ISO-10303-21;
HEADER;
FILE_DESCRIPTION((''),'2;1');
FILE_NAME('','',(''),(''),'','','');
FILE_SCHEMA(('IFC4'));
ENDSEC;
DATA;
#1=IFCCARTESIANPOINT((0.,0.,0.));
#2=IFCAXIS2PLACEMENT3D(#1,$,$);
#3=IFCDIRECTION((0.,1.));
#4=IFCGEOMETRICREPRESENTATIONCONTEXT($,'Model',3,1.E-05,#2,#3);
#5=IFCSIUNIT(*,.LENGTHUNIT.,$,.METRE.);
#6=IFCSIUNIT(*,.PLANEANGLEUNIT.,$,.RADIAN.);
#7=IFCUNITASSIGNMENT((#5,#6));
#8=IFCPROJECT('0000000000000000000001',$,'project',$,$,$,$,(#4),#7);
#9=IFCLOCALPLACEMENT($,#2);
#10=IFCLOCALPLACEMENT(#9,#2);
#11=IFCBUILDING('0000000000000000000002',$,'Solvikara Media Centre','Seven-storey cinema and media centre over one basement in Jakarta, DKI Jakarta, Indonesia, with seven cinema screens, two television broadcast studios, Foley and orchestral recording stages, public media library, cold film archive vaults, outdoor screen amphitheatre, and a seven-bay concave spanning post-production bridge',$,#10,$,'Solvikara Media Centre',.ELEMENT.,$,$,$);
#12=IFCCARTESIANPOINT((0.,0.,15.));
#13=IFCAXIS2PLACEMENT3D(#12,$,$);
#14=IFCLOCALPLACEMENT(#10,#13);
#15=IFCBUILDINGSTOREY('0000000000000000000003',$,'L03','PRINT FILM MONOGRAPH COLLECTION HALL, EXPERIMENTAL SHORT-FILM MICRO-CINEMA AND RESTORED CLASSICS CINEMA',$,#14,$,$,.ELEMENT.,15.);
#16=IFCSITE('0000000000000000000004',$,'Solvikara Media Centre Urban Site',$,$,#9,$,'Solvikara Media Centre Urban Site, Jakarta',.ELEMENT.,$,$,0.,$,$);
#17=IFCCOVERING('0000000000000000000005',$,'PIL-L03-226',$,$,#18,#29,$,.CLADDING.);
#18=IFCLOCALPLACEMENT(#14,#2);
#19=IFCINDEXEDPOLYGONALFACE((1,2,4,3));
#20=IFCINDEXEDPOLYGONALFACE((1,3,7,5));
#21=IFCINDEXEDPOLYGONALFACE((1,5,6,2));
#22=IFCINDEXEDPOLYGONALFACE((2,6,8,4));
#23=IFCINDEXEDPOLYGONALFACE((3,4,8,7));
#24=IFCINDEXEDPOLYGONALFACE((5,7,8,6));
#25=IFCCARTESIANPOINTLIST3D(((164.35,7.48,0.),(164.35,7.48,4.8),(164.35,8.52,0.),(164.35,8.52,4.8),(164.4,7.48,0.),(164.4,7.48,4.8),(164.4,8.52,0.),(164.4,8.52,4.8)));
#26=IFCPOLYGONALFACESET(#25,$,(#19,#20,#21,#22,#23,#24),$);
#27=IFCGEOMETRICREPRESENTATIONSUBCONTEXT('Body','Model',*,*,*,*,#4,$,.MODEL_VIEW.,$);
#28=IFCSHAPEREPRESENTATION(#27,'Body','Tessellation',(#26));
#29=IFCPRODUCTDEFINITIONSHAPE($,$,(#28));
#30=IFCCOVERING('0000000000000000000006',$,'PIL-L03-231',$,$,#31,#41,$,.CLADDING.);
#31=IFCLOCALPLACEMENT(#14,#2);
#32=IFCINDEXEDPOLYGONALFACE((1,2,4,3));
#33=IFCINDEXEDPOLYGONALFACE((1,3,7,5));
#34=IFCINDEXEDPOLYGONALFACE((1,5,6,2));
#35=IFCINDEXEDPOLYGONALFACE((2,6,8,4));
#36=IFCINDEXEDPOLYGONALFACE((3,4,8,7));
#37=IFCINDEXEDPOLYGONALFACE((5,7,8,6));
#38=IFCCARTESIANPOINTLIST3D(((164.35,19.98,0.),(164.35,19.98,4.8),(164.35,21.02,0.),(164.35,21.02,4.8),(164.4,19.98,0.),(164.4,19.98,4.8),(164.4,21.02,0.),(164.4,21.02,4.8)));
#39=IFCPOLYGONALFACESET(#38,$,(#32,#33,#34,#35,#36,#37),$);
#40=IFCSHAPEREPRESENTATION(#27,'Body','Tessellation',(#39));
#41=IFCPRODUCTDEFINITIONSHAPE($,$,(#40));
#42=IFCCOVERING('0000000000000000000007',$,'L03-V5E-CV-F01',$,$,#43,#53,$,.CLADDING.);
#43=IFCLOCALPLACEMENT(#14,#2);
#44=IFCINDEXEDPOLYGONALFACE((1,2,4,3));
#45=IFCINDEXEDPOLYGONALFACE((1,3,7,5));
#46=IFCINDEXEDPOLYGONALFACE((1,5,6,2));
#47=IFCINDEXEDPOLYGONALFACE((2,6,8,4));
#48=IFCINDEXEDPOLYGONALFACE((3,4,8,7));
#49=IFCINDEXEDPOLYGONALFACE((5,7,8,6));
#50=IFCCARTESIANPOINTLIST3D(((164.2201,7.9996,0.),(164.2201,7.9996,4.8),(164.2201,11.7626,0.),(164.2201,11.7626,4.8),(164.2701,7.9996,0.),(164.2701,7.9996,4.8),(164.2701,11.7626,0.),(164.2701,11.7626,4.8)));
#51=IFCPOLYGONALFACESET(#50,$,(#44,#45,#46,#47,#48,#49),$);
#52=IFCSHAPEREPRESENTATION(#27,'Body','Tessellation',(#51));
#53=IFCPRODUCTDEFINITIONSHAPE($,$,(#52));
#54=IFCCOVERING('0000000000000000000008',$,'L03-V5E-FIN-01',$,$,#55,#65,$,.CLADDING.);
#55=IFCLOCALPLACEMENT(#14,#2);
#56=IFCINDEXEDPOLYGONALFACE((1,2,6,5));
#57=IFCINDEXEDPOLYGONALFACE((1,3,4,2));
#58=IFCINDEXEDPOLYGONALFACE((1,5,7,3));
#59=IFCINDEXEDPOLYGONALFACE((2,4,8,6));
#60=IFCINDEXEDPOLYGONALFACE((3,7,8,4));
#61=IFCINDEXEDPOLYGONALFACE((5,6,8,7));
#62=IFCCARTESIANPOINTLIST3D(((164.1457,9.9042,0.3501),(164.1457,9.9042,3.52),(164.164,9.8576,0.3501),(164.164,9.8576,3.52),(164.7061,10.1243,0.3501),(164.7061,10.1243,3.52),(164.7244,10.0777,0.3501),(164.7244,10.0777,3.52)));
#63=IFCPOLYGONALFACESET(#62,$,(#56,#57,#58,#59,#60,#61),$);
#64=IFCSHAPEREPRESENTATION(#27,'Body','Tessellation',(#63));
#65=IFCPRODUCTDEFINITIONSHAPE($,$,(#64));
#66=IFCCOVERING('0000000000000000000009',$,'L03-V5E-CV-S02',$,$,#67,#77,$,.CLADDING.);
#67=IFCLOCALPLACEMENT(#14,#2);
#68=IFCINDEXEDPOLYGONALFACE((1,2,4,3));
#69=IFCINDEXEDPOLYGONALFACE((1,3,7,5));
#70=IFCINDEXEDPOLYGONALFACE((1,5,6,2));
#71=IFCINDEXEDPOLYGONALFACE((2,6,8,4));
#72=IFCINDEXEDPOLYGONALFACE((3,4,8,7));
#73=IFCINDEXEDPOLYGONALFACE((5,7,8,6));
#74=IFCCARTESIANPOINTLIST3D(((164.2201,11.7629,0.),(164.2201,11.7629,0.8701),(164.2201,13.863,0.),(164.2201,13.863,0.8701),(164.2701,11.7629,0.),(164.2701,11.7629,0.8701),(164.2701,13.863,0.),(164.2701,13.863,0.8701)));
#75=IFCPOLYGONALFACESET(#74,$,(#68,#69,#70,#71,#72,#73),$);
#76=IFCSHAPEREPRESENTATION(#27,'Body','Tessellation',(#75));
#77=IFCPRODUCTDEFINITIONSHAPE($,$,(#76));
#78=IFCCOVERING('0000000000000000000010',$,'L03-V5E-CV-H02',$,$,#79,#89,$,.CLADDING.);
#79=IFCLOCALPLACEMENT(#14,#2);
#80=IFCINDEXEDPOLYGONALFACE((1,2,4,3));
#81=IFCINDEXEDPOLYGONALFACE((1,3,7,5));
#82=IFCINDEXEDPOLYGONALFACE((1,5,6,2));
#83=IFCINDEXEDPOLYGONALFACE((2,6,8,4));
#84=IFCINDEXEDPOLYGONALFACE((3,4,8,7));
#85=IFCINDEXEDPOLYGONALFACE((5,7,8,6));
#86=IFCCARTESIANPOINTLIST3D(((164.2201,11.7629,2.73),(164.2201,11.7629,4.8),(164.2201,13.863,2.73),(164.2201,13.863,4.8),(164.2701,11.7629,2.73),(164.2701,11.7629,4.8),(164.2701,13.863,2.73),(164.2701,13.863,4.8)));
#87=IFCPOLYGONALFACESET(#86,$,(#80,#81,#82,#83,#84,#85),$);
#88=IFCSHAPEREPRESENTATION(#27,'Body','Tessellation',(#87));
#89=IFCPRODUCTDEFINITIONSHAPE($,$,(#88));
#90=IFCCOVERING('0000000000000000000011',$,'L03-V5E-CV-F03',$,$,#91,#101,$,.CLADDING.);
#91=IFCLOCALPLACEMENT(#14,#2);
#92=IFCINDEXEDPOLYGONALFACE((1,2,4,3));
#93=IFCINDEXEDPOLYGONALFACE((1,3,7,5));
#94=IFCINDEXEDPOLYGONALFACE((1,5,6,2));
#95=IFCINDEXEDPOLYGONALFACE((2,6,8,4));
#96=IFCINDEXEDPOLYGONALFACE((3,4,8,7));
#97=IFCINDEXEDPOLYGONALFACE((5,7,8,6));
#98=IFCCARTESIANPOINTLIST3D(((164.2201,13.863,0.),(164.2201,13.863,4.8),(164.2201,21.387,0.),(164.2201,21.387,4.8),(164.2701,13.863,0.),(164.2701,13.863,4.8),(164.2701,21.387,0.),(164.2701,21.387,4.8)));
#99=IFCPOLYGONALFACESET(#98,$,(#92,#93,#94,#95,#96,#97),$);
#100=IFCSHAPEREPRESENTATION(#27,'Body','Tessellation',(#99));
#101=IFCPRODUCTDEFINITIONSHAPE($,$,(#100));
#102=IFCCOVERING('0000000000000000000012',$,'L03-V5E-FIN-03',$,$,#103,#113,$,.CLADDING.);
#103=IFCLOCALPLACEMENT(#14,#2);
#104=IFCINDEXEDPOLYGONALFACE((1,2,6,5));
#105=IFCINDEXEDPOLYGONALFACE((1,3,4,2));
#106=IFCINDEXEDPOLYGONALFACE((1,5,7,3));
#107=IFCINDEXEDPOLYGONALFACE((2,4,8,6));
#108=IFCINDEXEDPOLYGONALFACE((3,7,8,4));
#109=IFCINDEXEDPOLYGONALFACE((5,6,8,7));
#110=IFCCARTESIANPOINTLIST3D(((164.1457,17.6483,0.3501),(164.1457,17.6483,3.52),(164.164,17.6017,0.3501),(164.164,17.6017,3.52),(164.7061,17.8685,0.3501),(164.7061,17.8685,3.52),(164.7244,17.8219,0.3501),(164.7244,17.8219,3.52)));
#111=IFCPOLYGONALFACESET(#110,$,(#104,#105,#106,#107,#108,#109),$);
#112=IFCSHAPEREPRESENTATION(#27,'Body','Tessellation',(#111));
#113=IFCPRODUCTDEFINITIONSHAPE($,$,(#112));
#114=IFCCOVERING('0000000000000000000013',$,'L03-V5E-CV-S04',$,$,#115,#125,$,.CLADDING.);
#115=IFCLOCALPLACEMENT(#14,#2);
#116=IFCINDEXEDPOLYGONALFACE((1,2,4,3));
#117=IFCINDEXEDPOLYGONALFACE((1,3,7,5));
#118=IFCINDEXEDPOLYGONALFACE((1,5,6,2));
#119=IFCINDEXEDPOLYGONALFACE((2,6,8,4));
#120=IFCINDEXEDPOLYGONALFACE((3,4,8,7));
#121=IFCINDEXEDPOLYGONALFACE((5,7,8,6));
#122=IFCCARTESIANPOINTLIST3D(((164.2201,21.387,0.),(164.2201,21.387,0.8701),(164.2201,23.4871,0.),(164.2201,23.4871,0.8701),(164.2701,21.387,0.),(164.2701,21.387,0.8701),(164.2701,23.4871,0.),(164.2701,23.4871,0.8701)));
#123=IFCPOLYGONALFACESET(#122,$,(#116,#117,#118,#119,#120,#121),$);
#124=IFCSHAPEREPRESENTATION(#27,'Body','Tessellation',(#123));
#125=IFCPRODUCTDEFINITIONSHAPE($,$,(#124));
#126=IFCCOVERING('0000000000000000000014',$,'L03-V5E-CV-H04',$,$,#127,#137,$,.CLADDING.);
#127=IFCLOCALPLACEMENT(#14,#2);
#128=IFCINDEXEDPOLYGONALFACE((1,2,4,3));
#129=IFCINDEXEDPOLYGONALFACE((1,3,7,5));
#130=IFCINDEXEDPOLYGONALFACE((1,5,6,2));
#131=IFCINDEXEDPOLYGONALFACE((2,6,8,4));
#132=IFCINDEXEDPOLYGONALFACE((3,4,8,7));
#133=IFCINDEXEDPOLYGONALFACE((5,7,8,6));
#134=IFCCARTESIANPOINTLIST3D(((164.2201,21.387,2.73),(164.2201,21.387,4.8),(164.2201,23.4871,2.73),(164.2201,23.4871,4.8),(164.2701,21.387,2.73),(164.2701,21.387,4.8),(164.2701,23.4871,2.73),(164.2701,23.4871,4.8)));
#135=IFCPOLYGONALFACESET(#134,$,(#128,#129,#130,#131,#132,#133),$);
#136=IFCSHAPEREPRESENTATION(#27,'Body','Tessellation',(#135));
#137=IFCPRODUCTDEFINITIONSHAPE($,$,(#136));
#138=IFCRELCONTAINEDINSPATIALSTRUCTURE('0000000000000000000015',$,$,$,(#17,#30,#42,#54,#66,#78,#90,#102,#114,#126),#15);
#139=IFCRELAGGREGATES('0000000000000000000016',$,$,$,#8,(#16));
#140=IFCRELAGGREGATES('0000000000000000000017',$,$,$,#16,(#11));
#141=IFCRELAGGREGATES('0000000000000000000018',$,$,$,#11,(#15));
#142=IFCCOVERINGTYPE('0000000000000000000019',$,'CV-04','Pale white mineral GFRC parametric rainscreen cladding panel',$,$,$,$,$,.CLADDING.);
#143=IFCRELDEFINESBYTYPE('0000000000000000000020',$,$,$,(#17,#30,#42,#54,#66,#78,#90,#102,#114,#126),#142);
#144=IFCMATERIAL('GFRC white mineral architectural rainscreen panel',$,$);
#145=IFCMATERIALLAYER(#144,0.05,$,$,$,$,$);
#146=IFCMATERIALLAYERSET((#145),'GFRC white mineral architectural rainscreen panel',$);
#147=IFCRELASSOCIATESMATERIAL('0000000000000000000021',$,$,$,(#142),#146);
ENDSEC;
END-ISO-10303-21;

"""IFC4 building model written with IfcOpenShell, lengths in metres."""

from ifc_helpers import new_model, si_unit, direction, frame, origin, origin_2d, place, context, subcontext, project, spatial, rectangle, extrude, material, layer, layer_set, type_object, element, save


model = new_model("IFC4")

# Units and contexts
model_context = context("Model", 3, precision=1e-05, world=origin(), true_north=direction((0.0, 1.0)))
body_context = subcontext(model_context, "Body", "Model", "MODEL_VIEW")
ifc_project = project(units=[si_unit("LENGTHUNIT", "METRE"), si_unit("PLANEANGLEUNIT", "RADIAN")], contexts=[model_context])

# Site, building, storey
site_placement = place(None, origin())
site = spatial("IfcSite", under=ifc_project, at=site_placement, Name="Solvikara Media Centre Urban Site", LongName="Solvikara Media Centre Urban Site, Jakarta", CompositionType="ELEMENT", RefElevation=0.0)
building_placement = place(site_placement, origin())
building = spatial("IfcBuilding", under=site, at=building_placement, Name="Solvikara Media Centre", Description="Seven-storey cinema and media centre over one basement in Jakarta, DKI Jakarta, Indonesia, with seven cinema screens, two television broadcast studios, Foley and orchestral recording stages, public media library, cold film archive vaults, outdoor screen amphitheatre, and a seven-bay concave spanning post-production bridge", LongName="Solvikara Media Centre", CompositionType="ELEMENT")
storey_placement = place(building_placement, frame((0.0, 0.0, 15.0)))
storey = spatial("IfcBuildingStorey", under=building, at=storey_placement, Name="L03", Description="PRINT FILM MONOGRAPH COLLECTION HALL, EXPERIMENTAL SHORT-FILM MICRO-CINEMA AND RESTORED CLASSICS CINEMA", CompositionType="ELEMENT", Elevation=15.0)

# Coverings
ifc_material_1 = material(Name="GFRC white mineral architectural rainscreen panel")
ifc_layer = layer(ifc_material_1, 0.05)
ifc_layer_set = layer_set([ifc_layer], Name="GFRC white mineral architectural rainscreen panel")
covering_type = type_object("IfcCoveringType", Name="CV-04", Description="Pale white mineral GFRC parametric rainscreen cladding panel", PredefinedType="CLADDING", material=ifc_layer_set)
for number, where, z_axis, x_axis, name in (
    (1, (164.375, 8.0, 0.0), (0.0, 0.0, 1.0), (0.0, 1.0, 0.0), "PIL-L03-226"),
    (2, (164.375, 20.5, 0.0), (0.0, 0.0, 1.0), (0.0, 1.0, 0.0), "PIL-L03-231"),
):
    element("IfcCovering", number, at=place(storey_placement, frame(where, z_axis=z_axis, x_axis=x_axis)), inside=storey, type_object=covering_type, Name=name, PredefinedType="CLADDING", context=body_context, shape_type="SweptSolid", body=[
        extrude(rectangle(XDim=1.04, YDim=0.05, at=origin_2d()), origin(), (0.0, 0.0, 1.0), 4.8),
    ])
covering_1_placement = place(storey_placement, frame((164.2451, 9.8811, 0.0), z_axis=(0.0, 0.0, 1.0), x_axis=(0.0, 1.0, 0.0)))
element("IfcCovering", 3, at=covering_1_placement, inside=storey, type_object=covering_type, Name="L03-V5E-CV-F01", PredefinedType="CLADDING", context=body_context, shape_type="SweptSolid", body=[
    extrude(rectangle(XDim=3.7629, YDim=0.05, at=origin_2d()), origin(), (0.0, 0.0, 1.0), 4.8),
])
covering_2_placement = place(storey_placement, frame((164.4351, 9.991, 0.3501), z_axis=(0.0, 0.0, 1.0), x_axis=(0.93075, 0.365657, 0.0)))
element("IfcCovering", 4, at=covering_2_placement, inside=storey, type_object=covering_type, Name="L03-V5E-FIN-01", PredefinedType="CLADDING", context=body_context, shape_type="SweptSolid", body=[
    extrude(rectangle(XDim=0.6021, YDim=0.05, at=origin_2d()), origin(), (0.0, 0.0, 1.0), 3.1699),
])
covering_3_placement = place(storey_placement, frame((164.2451, 12.813, 0.0), z_axis=(0.0, 0.0, 1.0), x_axis=(0.0, 1.0, 0.0)))
element("IfcCovering", 5, at=covering_3_placement, inside=storey, type_object=covering_type, Name="L03-V5E-CV-S02", PredefinedType="CLADDING", context=body_context, shape_type="SweptSolid", body=[
    extrude(rectangle(XDim=2.1001, YDim=0.05, at=origin_2d()), origin(), (0.0, 0.0, 1.0), 0.8701),
])
covering_4_placement = place(storey_placement, frame((164.2451, 12.813, 2.73), z_axis=(0.0, 0.0, 1.0), x_axis=(0.0, 1.0, 0.0)))
element("IfcCovering", 6, at=covering_4_placement, inside=storey, type_object=covering_type, Name="L03-V5E-CV-H02", PredefinedType="CLADDING", context=body_context, shape_type="SweptSolid", body=[
    extrude(rectangle(XDim=2.1001, YDim=0.05, at=origin_2d()), origin(), (0.0, 0.0, 1.0), 2.0701),
])
covering_5_placement = place(storey_placement, frame((164.2451, 17.625, 0.0), z_axis=(0.0, 0.0, 1.0), x_axis=(0.0, 1.0, 0.0)))
element("IfcCovering", 7, at=covering_5_placement, inside=storey, type_object=covering_type, Name="L03-V5E-CV-F03", PredefinedType="CLADDING", context=body_context, shape_type="SweptSolid", body=[
    extrude(rectangle(XDim=7.5239, YDim=0.05, at=origin_2d()), origin(), (0.0, 0.0, 1.0), 4.8),
])
covering_6_placement = place(storey_placement, frame((164.4351, 17.7351, 0.3501), z_axis=(0.0, 0.0, 1.0), x_axis=(0.93075, 0.365657, 0.0)))
element("IfcCovering", 8, at=covering_6_placement, inside=storey, type_object=covering_type, Name="L03-V5E-FIN-03", PredefinedType="CLADDING", context=body_context, shape_type="SweptSolid", body=[
    extrude(rectangle(XDim=0.6021, YDim=0.05, at=origin_2d()), origin(), (0.0, 0.0, 1.0), 3.1699),
])
covering_7_placement = place(storey_placement, frame((164.2451, 22.437, 0.0), z_axis=(0.0, 0.0, 1.0), x_axis=(0.0, 1.0, 0.0)))
element("IfcCovering", 9, at=covering_7_placement, inside=storey, type_object=covering_type, Name="L03-V5E-CV-S04", PredefinedType="CLADDING", context=body_context, shape_type="SweptSolid", body=[
    extrude(rectangle(XDim=2.1001, YDim=0.05, at=origin_2d()), origin(), (0.0, 0.0, 1.0), 0.8701),
])
covering_8_placement = place(storey_placement, frame((164.2451, 22.437, 2.73), z_axis=(0.0, 0.0, 1.0), x_axis=(0.0, 1.0, 0.0)))
element("IfcCovering", 10, at=covering_8_placement, inside=storey, type_object=covering_type, Name="L03-V5E-CV-H04", PredefinedType="CLADDING", context=body_context, shape_type="SweptSolid", body=[
    extrude(rectangle(XDim=2.1001, YDim=0.05, at=origin_2d()), origin(), (0.0, 0.0, 1.0), 2.0701),
])

save(model, "model.ifc")
